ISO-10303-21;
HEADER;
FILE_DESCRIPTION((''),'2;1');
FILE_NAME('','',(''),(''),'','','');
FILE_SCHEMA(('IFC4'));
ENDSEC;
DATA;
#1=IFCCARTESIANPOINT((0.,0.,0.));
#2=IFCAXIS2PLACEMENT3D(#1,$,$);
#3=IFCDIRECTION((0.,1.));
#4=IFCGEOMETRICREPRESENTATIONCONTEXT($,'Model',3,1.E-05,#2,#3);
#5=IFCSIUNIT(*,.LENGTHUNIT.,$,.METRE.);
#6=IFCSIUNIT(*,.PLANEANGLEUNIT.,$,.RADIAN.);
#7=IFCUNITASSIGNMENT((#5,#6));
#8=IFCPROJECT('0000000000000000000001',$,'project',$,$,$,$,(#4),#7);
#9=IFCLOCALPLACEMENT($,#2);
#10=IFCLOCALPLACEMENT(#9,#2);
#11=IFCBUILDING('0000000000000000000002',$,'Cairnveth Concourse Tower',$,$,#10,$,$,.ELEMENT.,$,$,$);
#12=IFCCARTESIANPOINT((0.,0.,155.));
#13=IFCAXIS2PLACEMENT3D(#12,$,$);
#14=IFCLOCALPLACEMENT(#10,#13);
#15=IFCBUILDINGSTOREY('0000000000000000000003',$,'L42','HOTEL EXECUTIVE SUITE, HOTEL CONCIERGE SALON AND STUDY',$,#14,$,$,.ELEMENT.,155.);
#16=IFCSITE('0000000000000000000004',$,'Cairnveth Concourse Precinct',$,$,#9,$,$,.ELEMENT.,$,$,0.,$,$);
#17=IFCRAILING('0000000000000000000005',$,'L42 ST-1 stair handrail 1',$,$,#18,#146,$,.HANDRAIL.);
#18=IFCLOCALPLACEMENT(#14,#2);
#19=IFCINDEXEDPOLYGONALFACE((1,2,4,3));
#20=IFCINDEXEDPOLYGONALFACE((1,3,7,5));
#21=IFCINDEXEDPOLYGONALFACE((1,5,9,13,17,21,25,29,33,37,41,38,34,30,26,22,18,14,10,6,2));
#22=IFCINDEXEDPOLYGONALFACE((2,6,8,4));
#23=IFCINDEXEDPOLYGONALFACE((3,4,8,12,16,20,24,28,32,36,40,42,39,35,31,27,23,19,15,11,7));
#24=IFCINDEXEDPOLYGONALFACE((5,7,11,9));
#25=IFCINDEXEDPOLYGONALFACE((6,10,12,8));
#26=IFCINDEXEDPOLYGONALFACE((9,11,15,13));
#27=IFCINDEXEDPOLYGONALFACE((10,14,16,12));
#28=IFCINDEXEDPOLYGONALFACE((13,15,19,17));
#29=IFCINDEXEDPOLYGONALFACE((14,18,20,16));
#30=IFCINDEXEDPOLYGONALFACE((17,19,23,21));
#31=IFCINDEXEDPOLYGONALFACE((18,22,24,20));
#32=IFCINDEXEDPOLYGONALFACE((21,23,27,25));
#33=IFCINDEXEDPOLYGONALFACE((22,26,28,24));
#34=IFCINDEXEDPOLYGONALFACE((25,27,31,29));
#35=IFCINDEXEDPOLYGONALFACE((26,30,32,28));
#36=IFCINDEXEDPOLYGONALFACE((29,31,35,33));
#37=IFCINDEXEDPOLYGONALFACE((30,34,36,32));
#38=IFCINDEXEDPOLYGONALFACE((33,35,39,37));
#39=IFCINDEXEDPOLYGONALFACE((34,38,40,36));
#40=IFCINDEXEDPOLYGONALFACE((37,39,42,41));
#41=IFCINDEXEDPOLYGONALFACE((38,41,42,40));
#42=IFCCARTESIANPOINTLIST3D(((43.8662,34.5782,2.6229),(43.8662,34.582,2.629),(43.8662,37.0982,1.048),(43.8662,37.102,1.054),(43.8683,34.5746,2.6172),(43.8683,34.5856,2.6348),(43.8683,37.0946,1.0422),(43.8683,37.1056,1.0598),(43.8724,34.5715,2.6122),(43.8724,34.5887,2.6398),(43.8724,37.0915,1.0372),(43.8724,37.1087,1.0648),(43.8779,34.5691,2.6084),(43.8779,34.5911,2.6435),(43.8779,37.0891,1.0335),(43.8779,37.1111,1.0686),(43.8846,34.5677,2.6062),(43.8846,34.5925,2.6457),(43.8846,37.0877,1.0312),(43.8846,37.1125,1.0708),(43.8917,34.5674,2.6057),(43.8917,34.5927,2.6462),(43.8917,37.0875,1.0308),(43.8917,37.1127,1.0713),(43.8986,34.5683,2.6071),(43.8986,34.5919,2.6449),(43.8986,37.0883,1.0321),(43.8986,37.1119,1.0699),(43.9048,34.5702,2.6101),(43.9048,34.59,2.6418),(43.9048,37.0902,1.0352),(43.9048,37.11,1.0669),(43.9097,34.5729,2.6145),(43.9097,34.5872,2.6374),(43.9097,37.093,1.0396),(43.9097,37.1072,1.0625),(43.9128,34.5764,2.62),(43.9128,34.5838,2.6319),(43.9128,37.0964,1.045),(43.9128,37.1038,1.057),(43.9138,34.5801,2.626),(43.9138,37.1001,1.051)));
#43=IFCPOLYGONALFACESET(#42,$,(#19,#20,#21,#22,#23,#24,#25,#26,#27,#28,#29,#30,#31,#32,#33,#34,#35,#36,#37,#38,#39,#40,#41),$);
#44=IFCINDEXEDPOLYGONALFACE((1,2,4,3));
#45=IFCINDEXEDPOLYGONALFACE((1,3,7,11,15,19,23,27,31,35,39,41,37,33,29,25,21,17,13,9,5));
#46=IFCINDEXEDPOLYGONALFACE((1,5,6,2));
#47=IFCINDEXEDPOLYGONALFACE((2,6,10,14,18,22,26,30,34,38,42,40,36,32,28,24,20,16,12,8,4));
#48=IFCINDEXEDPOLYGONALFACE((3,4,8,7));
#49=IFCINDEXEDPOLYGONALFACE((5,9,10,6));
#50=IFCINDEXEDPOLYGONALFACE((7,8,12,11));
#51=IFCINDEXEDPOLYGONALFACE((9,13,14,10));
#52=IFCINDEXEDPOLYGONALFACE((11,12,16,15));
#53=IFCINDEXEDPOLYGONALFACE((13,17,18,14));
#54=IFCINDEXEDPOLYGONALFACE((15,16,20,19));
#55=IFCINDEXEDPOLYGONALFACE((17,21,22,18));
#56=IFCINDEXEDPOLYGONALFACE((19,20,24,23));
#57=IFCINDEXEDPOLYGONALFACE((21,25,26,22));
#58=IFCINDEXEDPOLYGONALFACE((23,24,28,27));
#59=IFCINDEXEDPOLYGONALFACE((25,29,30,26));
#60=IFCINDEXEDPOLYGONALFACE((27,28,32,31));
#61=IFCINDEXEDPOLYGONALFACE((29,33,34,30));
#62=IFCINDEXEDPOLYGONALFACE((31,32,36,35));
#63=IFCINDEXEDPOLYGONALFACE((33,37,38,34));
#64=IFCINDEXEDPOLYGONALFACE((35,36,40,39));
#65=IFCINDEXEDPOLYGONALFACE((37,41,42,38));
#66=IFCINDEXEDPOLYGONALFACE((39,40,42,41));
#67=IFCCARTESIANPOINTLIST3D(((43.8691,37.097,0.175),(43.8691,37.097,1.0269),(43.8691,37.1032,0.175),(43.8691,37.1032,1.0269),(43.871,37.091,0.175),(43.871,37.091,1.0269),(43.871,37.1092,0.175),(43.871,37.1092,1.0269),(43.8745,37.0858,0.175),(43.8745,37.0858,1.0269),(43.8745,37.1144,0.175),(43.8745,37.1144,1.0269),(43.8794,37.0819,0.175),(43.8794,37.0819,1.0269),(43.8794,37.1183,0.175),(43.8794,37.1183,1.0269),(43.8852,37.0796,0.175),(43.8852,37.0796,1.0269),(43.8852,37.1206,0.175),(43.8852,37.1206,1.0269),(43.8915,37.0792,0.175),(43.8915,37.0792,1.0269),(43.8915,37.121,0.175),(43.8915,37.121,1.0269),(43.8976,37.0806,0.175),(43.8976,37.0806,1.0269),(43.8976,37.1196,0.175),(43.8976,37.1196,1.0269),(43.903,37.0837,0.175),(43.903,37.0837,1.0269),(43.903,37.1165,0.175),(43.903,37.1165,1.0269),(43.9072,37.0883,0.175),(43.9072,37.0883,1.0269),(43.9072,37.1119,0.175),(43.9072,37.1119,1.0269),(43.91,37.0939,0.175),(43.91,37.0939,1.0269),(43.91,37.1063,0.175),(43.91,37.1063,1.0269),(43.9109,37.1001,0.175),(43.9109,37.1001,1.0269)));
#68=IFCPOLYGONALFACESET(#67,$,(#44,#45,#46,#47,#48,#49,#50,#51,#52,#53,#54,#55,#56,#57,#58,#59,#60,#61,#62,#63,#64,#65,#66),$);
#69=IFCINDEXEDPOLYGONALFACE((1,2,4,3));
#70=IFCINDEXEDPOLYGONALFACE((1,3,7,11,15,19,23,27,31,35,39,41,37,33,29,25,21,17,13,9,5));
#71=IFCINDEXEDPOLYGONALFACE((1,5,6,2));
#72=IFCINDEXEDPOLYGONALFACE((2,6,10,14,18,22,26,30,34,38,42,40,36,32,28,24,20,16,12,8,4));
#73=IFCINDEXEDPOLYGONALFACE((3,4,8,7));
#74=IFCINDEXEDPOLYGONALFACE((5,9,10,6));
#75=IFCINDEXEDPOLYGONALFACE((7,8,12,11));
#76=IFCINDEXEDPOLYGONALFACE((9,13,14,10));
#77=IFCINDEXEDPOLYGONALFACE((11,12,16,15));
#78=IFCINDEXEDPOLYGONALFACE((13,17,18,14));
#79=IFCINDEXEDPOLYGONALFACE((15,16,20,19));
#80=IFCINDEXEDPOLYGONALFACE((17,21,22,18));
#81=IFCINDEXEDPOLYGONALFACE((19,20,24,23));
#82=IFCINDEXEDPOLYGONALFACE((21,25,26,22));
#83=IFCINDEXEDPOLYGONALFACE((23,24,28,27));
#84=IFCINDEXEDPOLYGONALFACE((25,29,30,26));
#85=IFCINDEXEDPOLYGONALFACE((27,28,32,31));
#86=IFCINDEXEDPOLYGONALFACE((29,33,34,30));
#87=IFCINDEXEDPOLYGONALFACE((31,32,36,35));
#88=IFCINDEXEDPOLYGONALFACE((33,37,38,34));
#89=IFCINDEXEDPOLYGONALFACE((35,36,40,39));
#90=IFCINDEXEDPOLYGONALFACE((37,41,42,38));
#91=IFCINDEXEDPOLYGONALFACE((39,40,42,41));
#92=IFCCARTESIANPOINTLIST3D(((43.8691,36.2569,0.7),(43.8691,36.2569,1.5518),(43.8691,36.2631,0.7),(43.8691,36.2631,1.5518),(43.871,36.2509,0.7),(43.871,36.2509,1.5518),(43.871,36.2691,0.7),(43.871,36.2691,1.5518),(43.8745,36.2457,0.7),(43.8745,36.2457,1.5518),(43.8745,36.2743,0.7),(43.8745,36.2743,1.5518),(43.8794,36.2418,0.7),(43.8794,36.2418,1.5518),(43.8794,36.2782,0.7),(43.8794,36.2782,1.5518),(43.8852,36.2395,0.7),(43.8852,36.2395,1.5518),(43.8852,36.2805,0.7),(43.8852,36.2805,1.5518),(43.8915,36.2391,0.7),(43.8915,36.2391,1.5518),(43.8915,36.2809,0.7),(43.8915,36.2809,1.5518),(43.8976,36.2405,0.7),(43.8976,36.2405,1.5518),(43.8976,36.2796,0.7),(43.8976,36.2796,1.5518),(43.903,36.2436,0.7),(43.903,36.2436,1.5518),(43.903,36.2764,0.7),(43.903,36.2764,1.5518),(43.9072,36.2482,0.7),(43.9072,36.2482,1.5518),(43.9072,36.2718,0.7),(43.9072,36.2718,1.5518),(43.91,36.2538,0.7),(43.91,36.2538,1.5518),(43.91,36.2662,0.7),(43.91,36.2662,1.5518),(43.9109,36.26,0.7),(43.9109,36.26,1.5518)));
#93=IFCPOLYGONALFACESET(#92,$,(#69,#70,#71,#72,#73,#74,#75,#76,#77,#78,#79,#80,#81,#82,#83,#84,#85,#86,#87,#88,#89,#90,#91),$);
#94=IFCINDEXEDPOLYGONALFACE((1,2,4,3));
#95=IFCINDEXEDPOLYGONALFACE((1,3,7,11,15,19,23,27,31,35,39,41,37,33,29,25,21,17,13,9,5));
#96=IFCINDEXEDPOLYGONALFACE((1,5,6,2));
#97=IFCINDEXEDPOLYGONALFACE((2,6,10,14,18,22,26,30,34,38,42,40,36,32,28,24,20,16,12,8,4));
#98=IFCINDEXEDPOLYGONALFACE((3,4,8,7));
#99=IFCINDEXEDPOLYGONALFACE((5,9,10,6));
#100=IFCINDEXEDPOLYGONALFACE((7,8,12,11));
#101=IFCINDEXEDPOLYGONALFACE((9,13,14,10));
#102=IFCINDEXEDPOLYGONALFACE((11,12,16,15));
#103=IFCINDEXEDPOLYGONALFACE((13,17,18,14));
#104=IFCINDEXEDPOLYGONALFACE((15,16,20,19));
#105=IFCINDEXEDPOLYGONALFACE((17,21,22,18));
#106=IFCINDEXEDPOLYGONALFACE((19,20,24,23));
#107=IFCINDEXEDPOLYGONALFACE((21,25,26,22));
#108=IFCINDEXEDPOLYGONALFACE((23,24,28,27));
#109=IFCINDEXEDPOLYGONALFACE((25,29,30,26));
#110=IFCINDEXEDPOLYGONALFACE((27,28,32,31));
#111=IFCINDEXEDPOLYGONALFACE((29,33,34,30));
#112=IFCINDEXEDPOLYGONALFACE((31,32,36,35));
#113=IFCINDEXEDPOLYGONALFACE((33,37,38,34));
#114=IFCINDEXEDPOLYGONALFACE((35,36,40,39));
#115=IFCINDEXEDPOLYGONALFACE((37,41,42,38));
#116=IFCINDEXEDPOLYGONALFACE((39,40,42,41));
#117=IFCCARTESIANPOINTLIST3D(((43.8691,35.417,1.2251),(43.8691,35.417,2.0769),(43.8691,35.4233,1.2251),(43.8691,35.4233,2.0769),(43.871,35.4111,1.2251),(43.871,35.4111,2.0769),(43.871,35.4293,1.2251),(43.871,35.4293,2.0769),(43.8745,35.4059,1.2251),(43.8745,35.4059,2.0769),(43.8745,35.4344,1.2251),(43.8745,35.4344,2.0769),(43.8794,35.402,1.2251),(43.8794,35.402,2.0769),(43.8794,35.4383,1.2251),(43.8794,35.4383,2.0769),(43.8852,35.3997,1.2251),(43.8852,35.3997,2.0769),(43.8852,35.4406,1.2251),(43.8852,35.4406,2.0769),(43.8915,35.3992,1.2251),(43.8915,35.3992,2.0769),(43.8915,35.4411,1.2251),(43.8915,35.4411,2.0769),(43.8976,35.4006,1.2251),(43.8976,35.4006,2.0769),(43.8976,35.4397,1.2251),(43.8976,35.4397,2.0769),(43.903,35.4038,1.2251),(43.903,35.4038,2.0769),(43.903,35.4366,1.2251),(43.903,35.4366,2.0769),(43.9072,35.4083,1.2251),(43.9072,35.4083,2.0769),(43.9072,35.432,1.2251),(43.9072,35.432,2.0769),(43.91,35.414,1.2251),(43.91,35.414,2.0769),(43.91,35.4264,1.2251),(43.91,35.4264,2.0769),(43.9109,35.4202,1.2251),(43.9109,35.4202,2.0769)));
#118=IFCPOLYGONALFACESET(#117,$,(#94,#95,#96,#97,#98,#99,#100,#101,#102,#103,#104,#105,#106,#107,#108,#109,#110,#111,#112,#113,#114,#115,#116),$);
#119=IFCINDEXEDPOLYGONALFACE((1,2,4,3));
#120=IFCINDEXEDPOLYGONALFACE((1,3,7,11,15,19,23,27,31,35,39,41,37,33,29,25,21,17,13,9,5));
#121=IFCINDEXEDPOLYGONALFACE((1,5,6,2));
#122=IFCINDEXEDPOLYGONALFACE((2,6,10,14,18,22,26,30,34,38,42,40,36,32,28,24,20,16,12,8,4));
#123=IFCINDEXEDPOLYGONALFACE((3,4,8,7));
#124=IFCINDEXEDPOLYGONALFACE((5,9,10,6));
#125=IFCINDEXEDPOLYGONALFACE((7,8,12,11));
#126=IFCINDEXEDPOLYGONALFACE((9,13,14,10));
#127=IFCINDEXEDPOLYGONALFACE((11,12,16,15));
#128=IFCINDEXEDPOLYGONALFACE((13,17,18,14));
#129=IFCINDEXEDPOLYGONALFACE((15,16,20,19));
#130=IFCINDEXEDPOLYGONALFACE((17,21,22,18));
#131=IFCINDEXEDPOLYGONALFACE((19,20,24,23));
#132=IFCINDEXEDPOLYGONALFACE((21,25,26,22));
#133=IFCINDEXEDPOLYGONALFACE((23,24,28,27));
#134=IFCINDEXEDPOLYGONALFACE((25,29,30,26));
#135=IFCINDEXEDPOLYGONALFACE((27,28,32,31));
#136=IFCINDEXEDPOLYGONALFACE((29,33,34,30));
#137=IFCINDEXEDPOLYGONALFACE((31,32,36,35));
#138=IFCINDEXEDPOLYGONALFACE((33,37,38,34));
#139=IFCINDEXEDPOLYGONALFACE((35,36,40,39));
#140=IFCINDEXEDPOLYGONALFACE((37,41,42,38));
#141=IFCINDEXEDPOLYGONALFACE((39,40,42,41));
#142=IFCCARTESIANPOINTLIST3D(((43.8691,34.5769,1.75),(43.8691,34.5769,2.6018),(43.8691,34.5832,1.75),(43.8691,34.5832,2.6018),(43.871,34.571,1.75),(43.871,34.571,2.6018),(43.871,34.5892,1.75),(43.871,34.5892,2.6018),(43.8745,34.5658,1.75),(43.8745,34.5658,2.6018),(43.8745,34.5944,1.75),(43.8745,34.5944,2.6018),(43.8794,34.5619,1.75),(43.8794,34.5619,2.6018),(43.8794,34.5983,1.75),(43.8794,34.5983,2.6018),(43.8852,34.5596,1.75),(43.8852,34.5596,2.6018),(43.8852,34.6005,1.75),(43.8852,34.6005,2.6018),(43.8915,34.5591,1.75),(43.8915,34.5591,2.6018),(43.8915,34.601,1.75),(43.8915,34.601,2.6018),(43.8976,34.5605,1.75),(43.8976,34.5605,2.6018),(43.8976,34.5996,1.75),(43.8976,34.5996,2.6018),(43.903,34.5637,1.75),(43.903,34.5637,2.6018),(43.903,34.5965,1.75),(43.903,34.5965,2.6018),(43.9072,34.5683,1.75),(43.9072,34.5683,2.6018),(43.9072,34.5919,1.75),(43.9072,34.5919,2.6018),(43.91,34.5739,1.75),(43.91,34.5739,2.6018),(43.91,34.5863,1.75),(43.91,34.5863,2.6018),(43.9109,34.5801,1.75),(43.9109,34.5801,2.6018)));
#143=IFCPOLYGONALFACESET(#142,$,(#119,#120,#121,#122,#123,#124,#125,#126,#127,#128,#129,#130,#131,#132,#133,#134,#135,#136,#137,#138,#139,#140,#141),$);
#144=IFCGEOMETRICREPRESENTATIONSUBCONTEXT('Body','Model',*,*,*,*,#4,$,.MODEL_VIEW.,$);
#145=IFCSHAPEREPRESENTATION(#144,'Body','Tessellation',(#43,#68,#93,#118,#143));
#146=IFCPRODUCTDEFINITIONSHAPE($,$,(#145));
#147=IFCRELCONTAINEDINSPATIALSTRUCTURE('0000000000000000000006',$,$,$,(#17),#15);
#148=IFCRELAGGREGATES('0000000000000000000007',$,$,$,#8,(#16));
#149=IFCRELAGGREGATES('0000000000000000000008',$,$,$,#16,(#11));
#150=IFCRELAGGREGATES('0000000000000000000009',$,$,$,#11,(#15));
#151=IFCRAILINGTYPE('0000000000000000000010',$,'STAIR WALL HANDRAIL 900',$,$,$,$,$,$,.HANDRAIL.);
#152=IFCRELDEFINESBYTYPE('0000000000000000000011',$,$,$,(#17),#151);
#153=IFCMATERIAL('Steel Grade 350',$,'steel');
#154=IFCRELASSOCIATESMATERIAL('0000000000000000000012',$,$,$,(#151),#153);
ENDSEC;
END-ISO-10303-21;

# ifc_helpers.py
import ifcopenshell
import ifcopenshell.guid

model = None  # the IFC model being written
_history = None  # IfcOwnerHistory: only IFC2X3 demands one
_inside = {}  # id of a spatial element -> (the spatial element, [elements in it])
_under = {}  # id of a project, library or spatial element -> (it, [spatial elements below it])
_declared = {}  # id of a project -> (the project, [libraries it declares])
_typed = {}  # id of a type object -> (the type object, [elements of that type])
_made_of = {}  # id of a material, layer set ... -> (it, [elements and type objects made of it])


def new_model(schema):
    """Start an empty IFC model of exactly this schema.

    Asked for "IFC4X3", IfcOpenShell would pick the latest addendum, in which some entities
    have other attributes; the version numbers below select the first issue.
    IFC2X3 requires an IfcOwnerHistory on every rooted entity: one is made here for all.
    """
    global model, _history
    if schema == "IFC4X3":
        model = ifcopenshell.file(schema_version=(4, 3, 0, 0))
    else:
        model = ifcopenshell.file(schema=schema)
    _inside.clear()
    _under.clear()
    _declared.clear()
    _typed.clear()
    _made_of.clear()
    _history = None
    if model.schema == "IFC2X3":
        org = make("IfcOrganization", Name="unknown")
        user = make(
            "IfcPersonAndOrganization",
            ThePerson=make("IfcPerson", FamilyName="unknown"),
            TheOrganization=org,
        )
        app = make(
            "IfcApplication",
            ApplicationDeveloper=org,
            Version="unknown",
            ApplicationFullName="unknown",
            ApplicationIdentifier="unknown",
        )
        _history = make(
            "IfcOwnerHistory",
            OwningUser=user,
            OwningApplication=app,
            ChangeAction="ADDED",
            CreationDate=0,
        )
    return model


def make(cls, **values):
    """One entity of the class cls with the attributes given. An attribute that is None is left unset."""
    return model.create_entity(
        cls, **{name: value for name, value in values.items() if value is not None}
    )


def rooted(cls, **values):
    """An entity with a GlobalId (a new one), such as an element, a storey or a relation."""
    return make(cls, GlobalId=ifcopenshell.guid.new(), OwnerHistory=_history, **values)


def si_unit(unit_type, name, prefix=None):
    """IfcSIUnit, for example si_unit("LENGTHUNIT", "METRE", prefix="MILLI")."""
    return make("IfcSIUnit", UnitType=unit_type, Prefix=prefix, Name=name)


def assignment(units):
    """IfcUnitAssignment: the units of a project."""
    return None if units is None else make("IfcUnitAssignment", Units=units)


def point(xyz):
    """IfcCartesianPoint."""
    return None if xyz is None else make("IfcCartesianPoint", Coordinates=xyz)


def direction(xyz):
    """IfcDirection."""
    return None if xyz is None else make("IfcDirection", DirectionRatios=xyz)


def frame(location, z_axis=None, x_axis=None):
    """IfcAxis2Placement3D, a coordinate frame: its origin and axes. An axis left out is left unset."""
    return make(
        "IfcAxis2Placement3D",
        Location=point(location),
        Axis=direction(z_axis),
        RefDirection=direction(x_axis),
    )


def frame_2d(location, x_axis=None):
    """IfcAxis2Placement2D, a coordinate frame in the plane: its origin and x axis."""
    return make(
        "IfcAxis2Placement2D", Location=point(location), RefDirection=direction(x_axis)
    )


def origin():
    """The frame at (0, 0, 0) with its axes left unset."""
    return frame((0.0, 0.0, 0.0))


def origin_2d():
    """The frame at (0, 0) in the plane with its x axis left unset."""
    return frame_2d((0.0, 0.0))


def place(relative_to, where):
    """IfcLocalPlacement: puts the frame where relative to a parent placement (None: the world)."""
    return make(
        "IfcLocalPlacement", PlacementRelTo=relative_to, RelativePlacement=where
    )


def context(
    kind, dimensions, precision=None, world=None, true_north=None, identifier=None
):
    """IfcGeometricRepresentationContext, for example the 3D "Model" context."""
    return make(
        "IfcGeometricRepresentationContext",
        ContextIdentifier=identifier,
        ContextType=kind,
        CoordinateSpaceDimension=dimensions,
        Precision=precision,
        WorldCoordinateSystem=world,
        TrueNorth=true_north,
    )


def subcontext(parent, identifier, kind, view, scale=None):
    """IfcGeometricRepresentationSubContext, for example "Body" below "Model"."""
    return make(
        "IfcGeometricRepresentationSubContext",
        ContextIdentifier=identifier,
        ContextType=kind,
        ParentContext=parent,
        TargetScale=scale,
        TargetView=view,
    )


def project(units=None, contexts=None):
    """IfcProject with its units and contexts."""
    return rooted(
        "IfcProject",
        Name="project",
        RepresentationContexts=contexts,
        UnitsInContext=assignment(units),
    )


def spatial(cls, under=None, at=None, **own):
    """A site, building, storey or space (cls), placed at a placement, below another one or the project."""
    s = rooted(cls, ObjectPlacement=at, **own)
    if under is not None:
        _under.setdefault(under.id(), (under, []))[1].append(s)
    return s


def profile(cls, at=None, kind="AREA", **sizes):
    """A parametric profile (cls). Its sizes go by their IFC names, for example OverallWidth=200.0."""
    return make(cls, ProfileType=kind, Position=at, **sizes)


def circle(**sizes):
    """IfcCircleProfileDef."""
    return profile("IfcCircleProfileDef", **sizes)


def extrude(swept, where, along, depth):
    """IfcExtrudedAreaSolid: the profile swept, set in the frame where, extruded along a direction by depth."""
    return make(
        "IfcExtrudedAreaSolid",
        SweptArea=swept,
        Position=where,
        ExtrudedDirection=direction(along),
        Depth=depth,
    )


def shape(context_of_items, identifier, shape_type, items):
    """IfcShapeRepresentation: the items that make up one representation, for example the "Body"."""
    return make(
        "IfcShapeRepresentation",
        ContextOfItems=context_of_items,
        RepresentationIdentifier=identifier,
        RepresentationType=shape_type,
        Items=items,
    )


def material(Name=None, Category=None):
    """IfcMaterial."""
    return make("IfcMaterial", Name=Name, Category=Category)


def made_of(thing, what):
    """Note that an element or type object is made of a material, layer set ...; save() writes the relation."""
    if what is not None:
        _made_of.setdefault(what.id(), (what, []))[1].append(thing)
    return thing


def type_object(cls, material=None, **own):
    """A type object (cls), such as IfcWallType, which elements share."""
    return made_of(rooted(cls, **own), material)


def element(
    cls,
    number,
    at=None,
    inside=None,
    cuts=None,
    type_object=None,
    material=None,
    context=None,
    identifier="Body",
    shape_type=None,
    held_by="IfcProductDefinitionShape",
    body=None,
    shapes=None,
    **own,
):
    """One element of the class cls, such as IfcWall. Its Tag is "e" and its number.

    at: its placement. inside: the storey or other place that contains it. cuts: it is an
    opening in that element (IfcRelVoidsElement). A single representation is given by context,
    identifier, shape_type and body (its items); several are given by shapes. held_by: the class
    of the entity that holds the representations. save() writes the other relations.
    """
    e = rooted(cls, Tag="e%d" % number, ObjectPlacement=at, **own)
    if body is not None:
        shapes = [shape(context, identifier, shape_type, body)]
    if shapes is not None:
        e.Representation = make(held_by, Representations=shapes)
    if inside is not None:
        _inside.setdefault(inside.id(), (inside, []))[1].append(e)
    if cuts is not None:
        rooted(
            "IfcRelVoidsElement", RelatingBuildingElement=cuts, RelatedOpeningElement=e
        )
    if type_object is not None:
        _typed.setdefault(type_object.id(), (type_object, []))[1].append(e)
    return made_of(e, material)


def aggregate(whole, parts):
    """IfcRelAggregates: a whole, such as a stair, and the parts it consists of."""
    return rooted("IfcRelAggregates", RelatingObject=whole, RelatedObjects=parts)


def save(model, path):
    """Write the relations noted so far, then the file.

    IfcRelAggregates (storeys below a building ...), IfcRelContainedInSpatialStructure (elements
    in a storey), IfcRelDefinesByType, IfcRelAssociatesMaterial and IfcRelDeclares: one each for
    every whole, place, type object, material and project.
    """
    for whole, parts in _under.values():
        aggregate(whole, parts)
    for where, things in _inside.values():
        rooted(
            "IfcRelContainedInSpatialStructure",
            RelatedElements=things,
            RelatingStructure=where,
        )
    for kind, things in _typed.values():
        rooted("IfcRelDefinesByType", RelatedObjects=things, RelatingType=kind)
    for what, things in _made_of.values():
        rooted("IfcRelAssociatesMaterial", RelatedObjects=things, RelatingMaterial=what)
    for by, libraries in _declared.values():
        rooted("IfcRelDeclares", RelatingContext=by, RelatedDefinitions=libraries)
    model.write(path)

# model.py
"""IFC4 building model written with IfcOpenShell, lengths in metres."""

from ifc_helpers import new_model, si_unit, direction, frame, origin, origin_2d, place, context, subcontext, project, spatial, circle, extrude, material, type_object, element, save


model = new_model("IFC4")

# Units and contexts
model_context = context("Model", 3, precision=1e-05, world=origin(), true_north=direction((0.0, 1.0)))
body_context = subcontext(model_context, "Body", "Model", "MODEL_VIEW")
ifc_project = project(units=[si_unit("LENGTHUNIT", "METRE"), si_unit("PLANEANGLEUNIT", "RADIAN")], contexts=[model_context])

# Site, building, storey
site_placement = place(None, origin())
site = spatial("IfcSite", under=ifc_project, at=site_placement, Name="Cairnveth Concourse Precinct", CompositionType="ELEMENT", RefElevation=0.0)
building_placement = place(site_placement, origin())
building = spatial("IfcBuilding", under=site, at=building_placement, Name="Cairnveth Concourse Tower", CompositionType="ELEMENT")
storey_placement = place(building_placement, frame((0.0, 0.0, 155.0)))
storey = spatial("IfcBuildingStorey", under=building, at=storey_placement, Name="L42", Description="HOTEL EXECUTIVE SUITE, HOTEL CONCIERGE SALON AND STUDY", CompositionType="ELEMENT", Elevation=155.0)

# Shared definitions
ifc_material_1 = material(Name="Steel Grade 350", Category="steel")

# Railing
railing_type_1 = type_object("IfcRailingType", Name="STAIR WALL HANDRAIL 900", PredefinedType="HANDRAIL", material=ifc_material_1)
railing_1_placement = place(storey_placement, frame((43.8899, 37.1001, 0.175)))
element("IfcRailing", 1, at=railing_1_placement, inside=storey, type_object=railing_type_1, Name="L42 ST-1 stair handrail 1", PredefinedType="HANDRAIL", context=body_context, shape_type="SweptSolid", body=[
    extrude(circle(Radius=0.0239, at=origin_2d()), frame((0.0, 0.0, 0.876), z_axis=(0.0, -0.848008, 0.529984), x_axis=(1.0, 0.0, 0.0)), (0.0, 0.0, 1.0), 2.9717),
    extrude(circle(Radius=0.021, at=origin_2d()), origin(), (0.0, 0.0, 1.0), 0.8518),
    extrude(circle(Radius=0.021, at=origin_2d()), frame((0.0, -0.8401, 0.5249)), (0.0, 0.0, 1.0), 0.8518),
    extrude(circle(Radius=0.021, at=origin_2d()), frame((0.0, -1.6799, 1.05)), (0.0, 0.0, 1.0), 0.8518),
    extrude(circle(Radius=0.021, at=origin_2d()), frame((0.0, -2.52, 1.575)), (0.0, 0.0, 1.0), 0.8518),
])

save(model, "model.ifc")
